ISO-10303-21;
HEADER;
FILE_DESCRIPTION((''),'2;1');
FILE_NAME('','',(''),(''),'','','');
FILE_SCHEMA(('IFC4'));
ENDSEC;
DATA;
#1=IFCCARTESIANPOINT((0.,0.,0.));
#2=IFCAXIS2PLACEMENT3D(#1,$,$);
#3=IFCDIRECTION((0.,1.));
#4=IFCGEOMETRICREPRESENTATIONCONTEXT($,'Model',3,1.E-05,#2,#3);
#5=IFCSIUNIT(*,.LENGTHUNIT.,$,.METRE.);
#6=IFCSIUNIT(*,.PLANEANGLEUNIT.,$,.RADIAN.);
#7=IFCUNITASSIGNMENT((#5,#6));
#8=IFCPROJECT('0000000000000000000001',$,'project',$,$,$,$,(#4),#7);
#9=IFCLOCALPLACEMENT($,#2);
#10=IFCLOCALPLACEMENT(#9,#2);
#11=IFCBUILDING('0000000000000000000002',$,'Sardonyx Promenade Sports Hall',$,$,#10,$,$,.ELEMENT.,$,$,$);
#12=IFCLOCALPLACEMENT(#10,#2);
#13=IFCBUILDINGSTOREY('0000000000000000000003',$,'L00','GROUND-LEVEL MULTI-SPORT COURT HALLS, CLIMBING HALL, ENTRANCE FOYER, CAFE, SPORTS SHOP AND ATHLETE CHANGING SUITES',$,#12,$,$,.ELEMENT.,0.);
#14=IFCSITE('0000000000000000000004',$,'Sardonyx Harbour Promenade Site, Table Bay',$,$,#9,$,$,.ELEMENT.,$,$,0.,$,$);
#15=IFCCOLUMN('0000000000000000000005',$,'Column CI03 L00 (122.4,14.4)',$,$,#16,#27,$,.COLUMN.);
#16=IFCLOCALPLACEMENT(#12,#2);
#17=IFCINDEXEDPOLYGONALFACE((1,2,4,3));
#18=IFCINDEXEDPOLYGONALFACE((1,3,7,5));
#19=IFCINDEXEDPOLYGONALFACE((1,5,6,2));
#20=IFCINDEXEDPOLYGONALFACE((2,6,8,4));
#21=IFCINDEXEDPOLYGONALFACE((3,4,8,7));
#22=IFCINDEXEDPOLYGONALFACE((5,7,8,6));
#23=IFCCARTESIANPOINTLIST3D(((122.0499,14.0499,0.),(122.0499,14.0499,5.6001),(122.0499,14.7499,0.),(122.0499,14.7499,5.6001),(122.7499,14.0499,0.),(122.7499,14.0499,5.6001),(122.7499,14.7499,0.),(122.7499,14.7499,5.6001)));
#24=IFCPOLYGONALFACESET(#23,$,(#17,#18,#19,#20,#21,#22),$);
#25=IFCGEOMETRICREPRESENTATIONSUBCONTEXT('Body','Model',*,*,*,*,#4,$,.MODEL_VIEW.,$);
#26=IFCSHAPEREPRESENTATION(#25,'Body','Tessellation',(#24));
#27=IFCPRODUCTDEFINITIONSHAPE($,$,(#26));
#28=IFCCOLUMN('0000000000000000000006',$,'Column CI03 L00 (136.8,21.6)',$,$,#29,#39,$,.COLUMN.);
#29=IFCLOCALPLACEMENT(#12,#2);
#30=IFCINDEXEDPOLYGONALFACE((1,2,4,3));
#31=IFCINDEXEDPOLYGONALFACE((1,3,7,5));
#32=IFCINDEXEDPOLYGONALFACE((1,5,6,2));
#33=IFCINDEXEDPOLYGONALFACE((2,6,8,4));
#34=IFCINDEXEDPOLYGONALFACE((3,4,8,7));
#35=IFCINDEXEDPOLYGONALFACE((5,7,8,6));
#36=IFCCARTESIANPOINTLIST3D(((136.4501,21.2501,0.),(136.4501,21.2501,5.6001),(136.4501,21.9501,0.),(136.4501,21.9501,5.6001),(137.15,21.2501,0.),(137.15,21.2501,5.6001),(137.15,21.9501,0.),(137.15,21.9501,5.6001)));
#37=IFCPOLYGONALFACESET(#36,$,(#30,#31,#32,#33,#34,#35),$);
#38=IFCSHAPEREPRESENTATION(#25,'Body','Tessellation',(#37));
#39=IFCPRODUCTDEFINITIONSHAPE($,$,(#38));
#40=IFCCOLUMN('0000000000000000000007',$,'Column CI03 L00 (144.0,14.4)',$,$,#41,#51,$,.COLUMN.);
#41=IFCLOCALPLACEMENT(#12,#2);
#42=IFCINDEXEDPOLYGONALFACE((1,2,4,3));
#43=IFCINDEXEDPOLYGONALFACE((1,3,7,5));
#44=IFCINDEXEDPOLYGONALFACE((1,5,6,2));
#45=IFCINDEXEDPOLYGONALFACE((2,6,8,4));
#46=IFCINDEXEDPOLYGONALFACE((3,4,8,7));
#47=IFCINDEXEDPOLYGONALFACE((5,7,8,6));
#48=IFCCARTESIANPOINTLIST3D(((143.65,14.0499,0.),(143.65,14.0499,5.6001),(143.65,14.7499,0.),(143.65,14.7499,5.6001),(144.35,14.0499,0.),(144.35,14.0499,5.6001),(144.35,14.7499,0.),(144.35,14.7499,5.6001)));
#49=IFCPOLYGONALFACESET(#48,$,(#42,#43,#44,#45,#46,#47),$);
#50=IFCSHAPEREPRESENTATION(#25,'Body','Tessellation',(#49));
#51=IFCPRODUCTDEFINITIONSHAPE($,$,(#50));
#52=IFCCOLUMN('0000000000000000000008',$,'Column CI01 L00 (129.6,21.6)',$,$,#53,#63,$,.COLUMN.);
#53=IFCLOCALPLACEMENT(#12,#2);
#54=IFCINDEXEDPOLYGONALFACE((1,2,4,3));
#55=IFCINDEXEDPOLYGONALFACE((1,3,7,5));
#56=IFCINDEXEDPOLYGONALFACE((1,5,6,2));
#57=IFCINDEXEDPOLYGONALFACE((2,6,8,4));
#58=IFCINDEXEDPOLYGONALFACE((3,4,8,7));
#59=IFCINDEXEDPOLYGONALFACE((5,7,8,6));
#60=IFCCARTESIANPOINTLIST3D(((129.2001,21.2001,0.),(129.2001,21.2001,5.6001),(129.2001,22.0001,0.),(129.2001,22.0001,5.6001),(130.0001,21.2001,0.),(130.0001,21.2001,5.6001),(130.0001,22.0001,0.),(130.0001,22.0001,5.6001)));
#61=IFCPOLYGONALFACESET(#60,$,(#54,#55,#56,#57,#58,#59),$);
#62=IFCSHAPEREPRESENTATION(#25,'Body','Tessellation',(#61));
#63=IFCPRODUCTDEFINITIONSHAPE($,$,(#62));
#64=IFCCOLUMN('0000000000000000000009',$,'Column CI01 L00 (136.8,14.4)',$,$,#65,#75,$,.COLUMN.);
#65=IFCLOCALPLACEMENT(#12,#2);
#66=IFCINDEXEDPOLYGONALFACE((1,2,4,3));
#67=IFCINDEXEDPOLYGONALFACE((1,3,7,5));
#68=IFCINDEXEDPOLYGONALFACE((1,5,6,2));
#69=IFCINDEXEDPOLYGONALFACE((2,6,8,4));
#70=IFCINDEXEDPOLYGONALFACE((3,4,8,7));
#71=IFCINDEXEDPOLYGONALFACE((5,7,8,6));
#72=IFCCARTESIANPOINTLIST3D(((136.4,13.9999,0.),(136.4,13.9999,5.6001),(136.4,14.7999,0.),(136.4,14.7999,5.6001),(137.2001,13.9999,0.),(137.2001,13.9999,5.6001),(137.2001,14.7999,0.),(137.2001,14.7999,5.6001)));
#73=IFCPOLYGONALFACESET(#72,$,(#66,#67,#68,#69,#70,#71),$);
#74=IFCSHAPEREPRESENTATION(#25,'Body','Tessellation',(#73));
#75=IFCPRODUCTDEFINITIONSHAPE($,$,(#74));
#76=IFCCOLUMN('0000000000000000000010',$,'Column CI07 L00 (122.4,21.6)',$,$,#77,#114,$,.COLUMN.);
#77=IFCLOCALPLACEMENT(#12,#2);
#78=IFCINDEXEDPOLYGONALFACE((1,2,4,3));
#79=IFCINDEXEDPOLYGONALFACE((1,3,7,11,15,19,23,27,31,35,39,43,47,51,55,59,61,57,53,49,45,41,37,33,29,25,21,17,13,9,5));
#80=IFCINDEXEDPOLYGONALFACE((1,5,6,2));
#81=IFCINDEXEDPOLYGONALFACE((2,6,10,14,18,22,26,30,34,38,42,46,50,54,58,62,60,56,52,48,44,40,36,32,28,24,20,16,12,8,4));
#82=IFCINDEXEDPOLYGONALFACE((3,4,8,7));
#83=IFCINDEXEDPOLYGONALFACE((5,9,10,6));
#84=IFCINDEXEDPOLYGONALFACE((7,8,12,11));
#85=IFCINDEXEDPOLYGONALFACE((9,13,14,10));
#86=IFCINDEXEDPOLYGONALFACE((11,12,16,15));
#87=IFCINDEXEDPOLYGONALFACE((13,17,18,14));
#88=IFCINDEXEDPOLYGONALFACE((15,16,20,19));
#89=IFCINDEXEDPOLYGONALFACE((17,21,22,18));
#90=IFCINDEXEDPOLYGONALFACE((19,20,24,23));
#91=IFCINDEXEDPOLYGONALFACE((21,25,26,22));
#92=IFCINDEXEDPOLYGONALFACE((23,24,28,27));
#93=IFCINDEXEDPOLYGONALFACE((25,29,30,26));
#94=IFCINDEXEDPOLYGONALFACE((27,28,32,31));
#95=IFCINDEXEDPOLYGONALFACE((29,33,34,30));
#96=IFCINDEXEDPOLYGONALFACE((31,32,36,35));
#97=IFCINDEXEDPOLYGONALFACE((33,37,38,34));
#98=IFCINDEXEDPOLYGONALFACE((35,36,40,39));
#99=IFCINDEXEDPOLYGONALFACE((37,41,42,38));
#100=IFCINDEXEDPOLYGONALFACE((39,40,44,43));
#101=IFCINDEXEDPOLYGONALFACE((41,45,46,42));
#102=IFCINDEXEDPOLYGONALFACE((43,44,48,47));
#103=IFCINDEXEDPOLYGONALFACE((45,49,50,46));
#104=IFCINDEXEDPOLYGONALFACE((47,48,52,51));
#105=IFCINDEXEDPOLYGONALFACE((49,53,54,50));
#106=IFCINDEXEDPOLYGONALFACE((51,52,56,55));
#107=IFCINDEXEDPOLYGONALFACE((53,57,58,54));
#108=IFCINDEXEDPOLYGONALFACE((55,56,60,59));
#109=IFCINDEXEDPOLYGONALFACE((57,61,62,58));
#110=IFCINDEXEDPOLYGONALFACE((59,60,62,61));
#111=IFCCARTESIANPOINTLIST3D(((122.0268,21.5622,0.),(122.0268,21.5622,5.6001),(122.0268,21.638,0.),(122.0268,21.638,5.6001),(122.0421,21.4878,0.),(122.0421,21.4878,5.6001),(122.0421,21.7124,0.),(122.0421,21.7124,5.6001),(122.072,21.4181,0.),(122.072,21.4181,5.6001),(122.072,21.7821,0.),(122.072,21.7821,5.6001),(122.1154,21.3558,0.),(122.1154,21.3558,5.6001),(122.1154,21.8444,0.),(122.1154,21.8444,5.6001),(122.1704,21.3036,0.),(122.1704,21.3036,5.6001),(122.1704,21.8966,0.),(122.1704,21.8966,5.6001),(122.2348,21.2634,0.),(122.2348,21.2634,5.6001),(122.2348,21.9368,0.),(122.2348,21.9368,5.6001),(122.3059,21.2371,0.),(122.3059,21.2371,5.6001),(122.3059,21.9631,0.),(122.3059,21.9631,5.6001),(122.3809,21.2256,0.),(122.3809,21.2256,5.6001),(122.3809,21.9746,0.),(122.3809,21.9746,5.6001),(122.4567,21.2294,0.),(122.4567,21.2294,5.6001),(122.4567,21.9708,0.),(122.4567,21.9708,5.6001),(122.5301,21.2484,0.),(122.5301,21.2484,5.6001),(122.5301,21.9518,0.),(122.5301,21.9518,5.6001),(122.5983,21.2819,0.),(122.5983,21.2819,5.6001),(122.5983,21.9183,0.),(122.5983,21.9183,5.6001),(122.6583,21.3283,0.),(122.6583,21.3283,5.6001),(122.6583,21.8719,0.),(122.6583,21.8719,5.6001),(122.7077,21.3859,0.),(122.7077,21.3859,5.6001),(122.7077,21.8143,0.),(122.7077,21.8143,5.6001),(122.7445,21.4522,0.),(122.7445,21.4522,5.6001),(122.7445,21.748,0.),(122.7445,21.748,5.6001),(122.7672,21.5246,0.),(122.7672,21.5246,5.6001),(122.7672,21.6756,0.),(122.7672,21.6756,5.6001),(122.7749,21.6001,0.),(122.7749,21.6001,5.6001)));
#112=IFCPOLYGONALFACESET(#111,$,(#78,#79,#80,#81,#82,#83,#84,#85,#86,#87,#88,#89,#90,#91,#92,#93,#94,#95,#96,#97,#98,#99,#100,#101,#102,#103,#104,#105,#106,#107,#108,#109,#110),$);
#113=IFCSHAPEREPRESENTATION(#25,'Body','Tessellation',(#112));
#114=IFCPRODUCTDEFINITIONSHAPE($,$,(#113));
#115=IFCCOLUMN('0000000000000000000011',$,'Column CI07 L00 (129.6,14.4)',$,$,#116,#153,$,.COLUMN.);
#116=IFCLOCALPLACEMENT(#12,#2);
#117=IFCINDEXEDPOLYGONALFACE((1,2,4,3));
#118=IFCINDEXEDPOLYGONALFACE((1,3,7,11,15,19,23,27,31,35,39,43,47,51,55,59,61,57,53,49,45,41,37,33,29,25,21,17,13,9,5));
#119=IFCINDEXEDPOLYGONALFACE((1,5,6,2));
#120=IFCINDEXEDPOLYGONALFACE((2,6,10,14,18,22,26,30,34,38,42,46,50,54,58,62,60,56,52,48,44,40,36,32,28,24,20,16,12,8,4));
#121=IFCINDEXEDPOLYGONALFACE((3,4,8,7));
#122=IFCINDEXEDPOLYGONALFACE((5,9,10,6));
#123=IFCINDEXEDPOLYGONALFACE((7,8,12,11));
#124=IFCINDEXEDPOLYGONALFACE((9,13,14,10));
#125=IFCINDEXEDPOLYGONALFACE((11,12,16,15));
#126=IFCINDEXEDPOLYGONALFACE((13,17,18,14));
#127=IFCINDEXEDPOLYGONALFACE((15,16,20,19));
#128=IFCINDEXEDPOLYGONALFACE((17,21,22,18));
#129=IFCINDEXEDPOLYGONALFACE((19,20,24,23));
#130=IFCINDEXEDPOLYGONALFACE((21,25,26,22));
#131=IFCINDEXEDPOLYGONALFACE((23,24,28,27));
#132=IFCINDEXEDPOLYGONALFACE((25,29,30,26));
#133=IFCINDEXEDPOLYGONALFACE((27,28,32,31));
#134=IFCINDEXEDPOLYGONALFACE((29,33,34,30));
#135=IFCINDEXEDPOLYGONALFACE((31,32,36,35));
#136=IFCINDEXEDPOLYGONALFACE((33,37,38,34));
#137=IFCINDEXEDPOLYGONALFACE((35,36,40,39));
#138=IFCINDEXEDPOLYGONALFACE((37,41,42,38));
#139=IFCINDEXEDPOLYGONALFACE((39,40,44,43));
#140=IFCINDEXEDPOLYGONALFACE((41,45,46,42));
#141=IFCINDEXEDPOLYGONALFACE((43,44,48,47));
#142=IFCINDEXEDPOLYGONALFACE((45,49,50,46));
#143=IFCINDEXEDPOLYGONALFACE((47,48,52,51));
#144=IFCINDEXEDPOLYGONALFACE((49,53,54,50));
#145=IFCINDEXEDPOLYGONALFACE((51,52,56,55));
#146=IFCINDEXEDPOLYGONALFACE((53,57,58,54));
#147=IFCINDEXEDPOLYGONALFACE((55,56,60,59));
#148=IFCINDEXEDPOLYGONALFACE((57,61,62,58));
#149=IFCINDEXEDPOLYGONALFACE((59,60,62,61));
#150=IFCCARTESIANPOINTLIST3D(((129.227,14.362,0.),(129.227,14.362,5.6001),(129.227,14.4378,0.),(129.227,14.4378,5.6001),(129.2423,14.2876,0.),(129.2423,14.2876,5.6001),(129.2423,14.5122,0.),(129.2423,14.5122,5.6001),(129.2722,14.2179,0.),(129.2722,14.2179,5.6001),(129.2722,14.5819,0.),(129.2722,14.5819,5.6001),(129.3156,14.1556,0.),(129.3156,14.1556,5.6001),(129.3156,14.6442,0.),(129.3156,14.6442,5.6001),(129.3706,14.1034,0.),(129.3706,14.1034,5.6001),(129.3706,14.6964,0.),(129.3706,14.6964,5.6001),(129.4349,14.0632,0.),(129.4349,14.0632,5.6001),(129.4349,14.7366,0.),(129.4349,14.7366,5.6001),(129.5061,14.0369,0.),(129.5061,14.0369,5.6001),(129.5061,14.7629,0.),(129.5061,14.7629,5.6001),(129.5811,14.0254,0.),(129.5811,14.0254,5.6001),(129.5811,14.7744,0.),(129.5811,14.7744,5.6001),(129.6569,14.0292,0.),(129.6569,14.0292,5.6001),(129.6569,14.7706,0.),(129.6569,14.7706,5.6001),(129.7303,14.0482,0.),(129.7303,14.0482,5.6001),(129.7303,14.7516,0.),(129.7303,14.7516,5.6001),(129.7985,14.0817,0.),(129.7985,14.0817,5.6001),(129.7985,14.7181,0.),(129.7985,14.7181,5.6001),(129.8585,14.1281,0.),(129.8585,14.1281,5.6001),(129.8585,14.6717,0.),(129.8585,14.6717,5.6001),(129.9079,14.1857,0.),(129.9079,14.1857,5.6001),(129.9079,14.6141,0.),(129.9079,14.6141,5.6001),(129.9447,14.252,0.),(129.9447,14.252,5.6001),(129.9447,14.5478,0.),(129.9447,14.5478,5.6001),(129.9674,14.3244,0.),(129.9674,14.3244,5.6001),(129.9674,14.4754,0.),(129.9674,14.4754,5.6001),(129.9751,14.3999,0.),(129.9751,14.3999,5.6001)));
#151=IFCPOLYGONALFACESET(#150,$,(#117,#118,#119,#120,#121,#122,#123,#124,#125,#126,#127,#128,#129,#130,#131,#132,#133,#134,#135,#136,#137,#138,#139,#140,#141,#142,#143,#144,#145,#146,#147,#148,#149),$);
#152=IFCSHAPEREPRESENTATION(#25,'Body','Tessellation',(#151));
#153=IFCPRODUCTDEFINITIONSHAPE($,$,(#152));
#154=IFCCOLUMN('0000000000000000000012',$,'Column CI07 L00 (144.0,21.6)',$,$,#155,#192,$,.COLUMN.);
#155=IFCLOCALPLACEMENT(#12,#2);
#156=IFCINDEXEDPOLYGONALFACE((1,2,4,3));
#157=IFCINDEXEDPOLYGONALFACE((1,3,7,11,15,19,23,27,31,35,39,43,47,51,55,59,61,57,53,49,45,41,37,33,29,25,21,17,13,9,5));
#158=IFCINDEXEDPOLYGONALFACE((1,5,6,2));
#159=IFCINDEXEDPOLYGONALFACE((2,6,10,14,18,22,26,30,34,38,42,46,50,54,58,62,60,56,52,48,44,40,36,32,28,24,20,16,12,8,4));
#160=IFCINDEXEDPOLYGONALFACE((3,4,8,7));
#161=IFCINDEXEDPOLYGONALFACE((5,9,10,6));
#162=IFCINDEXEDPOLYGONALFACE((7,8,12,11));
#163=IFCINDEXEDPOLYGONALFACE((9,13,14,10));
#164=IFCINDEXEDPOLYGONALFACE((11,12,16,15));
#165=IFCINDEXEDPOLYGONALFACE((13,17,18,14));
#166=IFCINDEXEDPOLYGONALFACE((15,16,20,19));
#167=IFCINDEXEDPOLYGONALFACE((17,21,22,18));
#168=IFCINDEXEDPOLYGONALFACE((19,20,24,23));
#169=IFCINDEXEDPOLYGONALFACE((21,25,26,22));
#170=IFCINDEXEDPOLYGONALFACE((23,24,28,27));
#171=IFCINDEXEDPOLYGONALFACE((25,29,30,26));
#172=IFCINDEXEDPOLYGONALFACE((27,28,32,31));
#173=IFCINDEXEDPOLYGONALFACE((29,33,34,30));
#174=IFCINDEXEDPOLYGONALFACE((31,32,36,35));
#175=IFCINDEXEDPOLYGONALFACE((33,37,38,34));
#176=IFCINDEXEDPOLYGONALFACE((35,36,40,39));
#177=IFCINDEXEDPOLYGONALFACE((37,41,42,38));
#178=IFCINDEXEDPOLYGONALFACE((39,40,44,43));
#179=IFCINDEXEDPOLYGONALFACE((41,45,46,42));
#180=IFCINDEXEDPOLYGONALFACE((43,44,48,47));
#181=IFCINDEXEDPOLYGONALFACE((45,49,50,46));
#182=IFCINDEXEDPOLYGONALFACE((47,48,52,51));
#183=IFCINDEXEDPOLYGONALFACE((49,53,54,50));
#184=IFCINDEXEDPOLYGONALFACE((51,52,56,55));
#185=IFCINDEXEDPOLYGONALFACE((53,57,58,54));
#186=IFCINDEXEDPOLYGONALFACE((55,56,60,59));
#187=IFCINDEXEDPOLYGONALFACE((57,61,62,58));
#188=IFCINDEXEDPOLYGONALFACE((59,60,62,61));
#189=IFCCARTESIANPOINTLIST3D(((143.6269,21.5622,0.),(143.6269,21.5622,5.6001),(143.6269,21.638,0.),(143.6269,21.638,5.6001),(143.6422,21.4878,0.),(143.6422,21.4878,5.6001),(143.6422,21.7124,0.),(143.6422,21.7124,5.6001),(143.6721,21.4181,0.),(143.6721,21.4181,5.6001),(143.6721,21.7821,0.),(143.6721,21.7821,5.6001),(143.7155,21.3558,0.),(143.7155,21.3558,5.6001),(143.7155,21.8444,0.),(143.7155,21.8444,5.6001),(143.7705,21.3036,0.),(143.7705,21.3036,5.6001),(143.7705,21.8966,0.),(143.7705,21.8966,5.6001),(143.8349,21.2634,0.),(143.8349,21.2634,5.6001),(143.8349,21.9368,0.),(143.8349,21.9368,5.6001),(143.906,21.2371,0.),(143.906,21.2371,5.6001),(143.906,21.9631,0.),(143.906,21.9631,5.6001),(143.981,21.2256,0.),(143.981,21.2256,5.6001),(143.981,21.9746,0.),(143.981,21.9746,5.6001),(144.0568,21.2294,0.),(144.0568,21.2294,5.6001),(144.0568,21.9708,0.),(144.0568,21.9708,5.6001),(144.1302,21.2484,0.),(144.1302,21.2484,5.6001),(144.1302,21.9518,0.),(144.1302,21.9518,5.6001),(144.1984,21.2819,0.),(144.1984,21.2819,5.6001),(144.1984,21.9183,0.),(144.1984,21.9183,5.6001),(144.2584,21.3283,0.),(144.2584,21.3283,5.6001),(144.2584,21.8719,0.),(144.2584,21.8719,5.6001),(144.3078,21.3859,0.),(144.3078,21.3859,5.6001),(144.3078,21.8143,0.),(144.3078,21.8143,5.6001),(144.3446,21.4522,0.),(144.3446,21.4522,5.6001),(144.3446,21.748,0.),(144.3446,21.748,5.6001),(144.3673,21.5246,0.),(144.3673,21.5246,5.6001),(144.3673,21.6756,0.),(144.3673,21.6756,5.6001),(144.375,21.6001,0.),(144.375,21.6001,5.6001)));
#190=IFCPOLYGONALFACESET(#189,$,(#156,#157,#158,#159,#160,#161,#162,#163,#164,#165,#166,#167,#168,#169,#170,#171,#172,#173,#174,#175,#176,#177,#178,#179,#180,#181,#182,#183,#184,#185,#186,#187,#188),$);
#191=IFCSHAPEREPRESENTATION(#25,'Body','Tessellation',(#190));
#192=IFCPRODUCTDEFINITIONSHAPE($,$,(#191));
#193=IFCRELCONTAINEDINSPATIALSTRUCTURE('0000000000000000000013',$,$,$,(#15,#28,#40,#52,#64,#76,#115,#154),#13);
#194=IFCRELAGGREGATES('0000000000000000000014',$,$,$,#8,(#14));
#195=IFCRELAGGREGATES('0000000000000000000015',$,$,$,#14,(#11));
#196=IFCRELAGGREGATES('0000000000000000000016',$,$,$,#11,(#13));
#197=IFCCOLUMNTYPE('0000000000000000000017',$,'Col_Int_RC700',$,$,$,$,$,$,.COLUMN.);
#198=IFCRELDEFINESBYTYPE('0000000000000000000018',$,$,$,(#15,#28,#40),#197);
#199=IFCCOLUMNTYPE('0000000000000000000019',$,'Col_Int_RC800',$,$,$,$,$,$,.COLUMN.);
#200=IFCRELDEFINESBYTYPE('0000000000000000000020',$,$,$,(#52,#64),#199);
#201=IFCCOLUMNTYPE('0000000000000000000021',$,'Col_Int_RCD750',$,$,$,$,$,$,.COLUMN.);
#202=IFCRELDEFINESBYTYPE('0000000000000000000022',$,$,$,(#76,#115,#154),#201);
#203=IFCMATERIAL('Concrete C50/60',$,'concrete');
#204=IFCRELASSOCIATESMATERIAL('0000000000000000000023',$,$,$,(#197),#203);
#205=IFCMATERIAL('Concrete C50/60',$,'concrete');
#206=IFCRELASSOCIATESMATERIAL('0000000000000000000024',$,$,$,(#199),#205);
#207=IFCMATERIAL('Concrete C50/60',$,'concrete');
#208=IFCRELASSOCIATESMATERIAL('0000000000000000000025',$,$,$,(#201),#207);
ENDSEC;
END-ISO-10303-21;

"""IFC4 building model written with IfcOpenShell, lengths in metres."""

from ifc_helpers import new_model, si_unit, direction, frame, origin, origin_2d, place, context, subcontext, project, spatial, rectangle, circle, extrude, material, material_profile, profile_set, type_object, element, save


model = new_model("IFC4")

# Units and contexts
model_context = context("Model", 3, precision=1e-05, world=origin(), true_north=direction((0.0, 1.0)))
body_context = subcontext(model_context, "Body", "Model", "MODEL_VIEW")
ifc_project = project(units=[si_unit("LENGTHUNIT", "METRE"), si_unit("PLANEANGLEUNIT", "RADIAN")], contexts=[model_context])

# Site, building, storey
site_placement = place(None, origin())
site = spatial("IfcSite", under=ifc_project, at=site_placement, Name="Sardonyx Harbour Promenade Site, Table Bay", CompositionType="ELEMENT", RefElevation=0.0)
building_placement = place(site_placement, origin())
building = spatial("IfcBuilding", under=site, at=building_placement, Name="Sardonyx Promenade Sports Hall", CompositionType="ELEMENT")
storey_placement = place(building_placement, origin())
storey = spatial("IfcBuildingStorey", under=building, at=storey_placement, Name="L00", Description="GROUND-LEVEL MULTI-SPORT COURT HALLS, CLIMBING HALL, ENTRANCE FOYER, CAFE, SPORTS SHOP AND ATHLETE CHANGING SUITES", CompositionType="ELEMENT", Elevation=0.0)

# Columns
ifc_material_1 = material(Name="Concrete C50/60", Category="concrete")
ifc_material_profile_1 = material_profile(ifc_material_1, rectangle(XDim=0.7, YDim=0.7, at=origin_2d()))
ifc_profile_set_1 = profile_set([ifc_material_profile_1], Name="Concrete C50/60")
column_type_1 = type_object("IfcColumnType", Name="Col_Int_RC700", PredefinedType="COLUMN", material=ifc_profile_set_1)
for number, where, z_axis, x_axis, name in (
    (1, (122.3999, 14.3999, 0.0), (0.0, 0.0, 1.0), (1.0, 0.0, 0.0), "Column CI03 L00 (122.4,14.4)"),
    (2, (136.8, 21.6001, 0.0), (0.0, 0.0, 1.0), (1.0, 0.0, 0.0), "Column CI03 L00 (136.8,21.6)"),
    (3, (144.0, 14.3999, 0.0), (0.0, 0.0, 1.0), (1.0, 0.0, 0.0), "Column CI03 L00 (144.0,14.4)"),
):
    element("IfcColumn", number, at=place(storey_placement, frame(where, z_axis=z_axis, x_axis=x_axis)), inside=storey, type_object=column_type_1, Name=name, PredefinedType="COLUMN", context=body_context, shape_type="SweptSolid", body=[
        extrude(rectangle(XDim=0.7, YDim=0.7, at=origin_2d()), origin(), (0.0, 0.0, 1.0), 5.6001),
    ])
ifc_material_2 = material(Name="Concrete C50/60", Category="concrete")
ifc_material_profile_2 = material_profile(ifc_material_2, rectangle(XDim=0.8, YDim=0.8, at=origin_2d()))
ifc_profile_set_2 = profile_set([ifc_material_profile_2], Name="Concrete C50/60")
column_type_2 = type_object("IfcColumnType", Name="Col_Int_RC800", PredefinedType="COLUMN", material=ifc_profile_set_2)
for number, where, z_axis, x_axis, name in (
    (4, (129.6001, 21.6001, 0.0), (0.0, 0.0, 1.0), (1.0, 0.0, 0.0), "Column CI01 L00 (129.6,21.6)"),
    (5, (136.8, 14.3999, 0.0), (0.0, 0.0, 1.0), (1.0, 0.0, 0.0), "Column CI01 L00 (136.8,14.4)"),
):
    element("IfcColumn", number, at=place(storey_placement, frame(where, z_axis=z_axis, x_axis=x_axis)), inside=storey, type_object=column_type_2, Name=name, PredefinedType="COLUMN", context=body_context, shape_type="SweptSolid", body=[
        extrude(rectangle(XDim=0.8, YDim=0.8, at=origin_2d()), origin(), (0.0, 0.0, 1.0), 5.6001),
    ])
ifc_material_3 = material(Name="Concrete C50/60", Category="concrete")
ifc_material_profile_3 = material_profile(ifc_material_3, circle(Radius=0.375, at=origin_2d()))
ifc_profile_set_3 = profile_set([ifc_material_profile_3], Name="Concrete C50/60")
column_type_3 = type_object("IfcColumnType", Name="Col_Int_RCD750", PredefinedType="COLUMN", material=ifc_profile_set_3)
for number, where, z_axis, x_axis, name in (
    (6, (122.3999, 21.6001, 0.0), (0.0, 0.0, 1.0), (1.0, 0.0, 0.0), "Column CI07 L00 (122.4,21.6)"),
    (7, (129.6001, 14.3999, 0.0), (0.0, 0.0, 1.0), (1.0, 0.0, 0.0), "Column CI07 L00 (129.6,14.4)"),
    (8, (144.0, 21.6001, 0.0), (0.0, 0.0, 1.0), (1.0, 0.0, 0.0), "Column CI07 L00 (144.0,21.6)"),
):
    element("IfcColumn", number, at=place(storey_placement, frame(where, z_axis=z_axis, x_axis=x_axis)), inside=storey, type_object=column_type_3, Name=name, PredefinedType="COLUMN", context=body_context, shape_type="SweptSolid", body=[
        extrude(circle(Radius=0.375, at=origin_2d()), origin(), (0.0, 0.0, 1.0), 5.6001),
    ])

save(model, "model.ifc")
